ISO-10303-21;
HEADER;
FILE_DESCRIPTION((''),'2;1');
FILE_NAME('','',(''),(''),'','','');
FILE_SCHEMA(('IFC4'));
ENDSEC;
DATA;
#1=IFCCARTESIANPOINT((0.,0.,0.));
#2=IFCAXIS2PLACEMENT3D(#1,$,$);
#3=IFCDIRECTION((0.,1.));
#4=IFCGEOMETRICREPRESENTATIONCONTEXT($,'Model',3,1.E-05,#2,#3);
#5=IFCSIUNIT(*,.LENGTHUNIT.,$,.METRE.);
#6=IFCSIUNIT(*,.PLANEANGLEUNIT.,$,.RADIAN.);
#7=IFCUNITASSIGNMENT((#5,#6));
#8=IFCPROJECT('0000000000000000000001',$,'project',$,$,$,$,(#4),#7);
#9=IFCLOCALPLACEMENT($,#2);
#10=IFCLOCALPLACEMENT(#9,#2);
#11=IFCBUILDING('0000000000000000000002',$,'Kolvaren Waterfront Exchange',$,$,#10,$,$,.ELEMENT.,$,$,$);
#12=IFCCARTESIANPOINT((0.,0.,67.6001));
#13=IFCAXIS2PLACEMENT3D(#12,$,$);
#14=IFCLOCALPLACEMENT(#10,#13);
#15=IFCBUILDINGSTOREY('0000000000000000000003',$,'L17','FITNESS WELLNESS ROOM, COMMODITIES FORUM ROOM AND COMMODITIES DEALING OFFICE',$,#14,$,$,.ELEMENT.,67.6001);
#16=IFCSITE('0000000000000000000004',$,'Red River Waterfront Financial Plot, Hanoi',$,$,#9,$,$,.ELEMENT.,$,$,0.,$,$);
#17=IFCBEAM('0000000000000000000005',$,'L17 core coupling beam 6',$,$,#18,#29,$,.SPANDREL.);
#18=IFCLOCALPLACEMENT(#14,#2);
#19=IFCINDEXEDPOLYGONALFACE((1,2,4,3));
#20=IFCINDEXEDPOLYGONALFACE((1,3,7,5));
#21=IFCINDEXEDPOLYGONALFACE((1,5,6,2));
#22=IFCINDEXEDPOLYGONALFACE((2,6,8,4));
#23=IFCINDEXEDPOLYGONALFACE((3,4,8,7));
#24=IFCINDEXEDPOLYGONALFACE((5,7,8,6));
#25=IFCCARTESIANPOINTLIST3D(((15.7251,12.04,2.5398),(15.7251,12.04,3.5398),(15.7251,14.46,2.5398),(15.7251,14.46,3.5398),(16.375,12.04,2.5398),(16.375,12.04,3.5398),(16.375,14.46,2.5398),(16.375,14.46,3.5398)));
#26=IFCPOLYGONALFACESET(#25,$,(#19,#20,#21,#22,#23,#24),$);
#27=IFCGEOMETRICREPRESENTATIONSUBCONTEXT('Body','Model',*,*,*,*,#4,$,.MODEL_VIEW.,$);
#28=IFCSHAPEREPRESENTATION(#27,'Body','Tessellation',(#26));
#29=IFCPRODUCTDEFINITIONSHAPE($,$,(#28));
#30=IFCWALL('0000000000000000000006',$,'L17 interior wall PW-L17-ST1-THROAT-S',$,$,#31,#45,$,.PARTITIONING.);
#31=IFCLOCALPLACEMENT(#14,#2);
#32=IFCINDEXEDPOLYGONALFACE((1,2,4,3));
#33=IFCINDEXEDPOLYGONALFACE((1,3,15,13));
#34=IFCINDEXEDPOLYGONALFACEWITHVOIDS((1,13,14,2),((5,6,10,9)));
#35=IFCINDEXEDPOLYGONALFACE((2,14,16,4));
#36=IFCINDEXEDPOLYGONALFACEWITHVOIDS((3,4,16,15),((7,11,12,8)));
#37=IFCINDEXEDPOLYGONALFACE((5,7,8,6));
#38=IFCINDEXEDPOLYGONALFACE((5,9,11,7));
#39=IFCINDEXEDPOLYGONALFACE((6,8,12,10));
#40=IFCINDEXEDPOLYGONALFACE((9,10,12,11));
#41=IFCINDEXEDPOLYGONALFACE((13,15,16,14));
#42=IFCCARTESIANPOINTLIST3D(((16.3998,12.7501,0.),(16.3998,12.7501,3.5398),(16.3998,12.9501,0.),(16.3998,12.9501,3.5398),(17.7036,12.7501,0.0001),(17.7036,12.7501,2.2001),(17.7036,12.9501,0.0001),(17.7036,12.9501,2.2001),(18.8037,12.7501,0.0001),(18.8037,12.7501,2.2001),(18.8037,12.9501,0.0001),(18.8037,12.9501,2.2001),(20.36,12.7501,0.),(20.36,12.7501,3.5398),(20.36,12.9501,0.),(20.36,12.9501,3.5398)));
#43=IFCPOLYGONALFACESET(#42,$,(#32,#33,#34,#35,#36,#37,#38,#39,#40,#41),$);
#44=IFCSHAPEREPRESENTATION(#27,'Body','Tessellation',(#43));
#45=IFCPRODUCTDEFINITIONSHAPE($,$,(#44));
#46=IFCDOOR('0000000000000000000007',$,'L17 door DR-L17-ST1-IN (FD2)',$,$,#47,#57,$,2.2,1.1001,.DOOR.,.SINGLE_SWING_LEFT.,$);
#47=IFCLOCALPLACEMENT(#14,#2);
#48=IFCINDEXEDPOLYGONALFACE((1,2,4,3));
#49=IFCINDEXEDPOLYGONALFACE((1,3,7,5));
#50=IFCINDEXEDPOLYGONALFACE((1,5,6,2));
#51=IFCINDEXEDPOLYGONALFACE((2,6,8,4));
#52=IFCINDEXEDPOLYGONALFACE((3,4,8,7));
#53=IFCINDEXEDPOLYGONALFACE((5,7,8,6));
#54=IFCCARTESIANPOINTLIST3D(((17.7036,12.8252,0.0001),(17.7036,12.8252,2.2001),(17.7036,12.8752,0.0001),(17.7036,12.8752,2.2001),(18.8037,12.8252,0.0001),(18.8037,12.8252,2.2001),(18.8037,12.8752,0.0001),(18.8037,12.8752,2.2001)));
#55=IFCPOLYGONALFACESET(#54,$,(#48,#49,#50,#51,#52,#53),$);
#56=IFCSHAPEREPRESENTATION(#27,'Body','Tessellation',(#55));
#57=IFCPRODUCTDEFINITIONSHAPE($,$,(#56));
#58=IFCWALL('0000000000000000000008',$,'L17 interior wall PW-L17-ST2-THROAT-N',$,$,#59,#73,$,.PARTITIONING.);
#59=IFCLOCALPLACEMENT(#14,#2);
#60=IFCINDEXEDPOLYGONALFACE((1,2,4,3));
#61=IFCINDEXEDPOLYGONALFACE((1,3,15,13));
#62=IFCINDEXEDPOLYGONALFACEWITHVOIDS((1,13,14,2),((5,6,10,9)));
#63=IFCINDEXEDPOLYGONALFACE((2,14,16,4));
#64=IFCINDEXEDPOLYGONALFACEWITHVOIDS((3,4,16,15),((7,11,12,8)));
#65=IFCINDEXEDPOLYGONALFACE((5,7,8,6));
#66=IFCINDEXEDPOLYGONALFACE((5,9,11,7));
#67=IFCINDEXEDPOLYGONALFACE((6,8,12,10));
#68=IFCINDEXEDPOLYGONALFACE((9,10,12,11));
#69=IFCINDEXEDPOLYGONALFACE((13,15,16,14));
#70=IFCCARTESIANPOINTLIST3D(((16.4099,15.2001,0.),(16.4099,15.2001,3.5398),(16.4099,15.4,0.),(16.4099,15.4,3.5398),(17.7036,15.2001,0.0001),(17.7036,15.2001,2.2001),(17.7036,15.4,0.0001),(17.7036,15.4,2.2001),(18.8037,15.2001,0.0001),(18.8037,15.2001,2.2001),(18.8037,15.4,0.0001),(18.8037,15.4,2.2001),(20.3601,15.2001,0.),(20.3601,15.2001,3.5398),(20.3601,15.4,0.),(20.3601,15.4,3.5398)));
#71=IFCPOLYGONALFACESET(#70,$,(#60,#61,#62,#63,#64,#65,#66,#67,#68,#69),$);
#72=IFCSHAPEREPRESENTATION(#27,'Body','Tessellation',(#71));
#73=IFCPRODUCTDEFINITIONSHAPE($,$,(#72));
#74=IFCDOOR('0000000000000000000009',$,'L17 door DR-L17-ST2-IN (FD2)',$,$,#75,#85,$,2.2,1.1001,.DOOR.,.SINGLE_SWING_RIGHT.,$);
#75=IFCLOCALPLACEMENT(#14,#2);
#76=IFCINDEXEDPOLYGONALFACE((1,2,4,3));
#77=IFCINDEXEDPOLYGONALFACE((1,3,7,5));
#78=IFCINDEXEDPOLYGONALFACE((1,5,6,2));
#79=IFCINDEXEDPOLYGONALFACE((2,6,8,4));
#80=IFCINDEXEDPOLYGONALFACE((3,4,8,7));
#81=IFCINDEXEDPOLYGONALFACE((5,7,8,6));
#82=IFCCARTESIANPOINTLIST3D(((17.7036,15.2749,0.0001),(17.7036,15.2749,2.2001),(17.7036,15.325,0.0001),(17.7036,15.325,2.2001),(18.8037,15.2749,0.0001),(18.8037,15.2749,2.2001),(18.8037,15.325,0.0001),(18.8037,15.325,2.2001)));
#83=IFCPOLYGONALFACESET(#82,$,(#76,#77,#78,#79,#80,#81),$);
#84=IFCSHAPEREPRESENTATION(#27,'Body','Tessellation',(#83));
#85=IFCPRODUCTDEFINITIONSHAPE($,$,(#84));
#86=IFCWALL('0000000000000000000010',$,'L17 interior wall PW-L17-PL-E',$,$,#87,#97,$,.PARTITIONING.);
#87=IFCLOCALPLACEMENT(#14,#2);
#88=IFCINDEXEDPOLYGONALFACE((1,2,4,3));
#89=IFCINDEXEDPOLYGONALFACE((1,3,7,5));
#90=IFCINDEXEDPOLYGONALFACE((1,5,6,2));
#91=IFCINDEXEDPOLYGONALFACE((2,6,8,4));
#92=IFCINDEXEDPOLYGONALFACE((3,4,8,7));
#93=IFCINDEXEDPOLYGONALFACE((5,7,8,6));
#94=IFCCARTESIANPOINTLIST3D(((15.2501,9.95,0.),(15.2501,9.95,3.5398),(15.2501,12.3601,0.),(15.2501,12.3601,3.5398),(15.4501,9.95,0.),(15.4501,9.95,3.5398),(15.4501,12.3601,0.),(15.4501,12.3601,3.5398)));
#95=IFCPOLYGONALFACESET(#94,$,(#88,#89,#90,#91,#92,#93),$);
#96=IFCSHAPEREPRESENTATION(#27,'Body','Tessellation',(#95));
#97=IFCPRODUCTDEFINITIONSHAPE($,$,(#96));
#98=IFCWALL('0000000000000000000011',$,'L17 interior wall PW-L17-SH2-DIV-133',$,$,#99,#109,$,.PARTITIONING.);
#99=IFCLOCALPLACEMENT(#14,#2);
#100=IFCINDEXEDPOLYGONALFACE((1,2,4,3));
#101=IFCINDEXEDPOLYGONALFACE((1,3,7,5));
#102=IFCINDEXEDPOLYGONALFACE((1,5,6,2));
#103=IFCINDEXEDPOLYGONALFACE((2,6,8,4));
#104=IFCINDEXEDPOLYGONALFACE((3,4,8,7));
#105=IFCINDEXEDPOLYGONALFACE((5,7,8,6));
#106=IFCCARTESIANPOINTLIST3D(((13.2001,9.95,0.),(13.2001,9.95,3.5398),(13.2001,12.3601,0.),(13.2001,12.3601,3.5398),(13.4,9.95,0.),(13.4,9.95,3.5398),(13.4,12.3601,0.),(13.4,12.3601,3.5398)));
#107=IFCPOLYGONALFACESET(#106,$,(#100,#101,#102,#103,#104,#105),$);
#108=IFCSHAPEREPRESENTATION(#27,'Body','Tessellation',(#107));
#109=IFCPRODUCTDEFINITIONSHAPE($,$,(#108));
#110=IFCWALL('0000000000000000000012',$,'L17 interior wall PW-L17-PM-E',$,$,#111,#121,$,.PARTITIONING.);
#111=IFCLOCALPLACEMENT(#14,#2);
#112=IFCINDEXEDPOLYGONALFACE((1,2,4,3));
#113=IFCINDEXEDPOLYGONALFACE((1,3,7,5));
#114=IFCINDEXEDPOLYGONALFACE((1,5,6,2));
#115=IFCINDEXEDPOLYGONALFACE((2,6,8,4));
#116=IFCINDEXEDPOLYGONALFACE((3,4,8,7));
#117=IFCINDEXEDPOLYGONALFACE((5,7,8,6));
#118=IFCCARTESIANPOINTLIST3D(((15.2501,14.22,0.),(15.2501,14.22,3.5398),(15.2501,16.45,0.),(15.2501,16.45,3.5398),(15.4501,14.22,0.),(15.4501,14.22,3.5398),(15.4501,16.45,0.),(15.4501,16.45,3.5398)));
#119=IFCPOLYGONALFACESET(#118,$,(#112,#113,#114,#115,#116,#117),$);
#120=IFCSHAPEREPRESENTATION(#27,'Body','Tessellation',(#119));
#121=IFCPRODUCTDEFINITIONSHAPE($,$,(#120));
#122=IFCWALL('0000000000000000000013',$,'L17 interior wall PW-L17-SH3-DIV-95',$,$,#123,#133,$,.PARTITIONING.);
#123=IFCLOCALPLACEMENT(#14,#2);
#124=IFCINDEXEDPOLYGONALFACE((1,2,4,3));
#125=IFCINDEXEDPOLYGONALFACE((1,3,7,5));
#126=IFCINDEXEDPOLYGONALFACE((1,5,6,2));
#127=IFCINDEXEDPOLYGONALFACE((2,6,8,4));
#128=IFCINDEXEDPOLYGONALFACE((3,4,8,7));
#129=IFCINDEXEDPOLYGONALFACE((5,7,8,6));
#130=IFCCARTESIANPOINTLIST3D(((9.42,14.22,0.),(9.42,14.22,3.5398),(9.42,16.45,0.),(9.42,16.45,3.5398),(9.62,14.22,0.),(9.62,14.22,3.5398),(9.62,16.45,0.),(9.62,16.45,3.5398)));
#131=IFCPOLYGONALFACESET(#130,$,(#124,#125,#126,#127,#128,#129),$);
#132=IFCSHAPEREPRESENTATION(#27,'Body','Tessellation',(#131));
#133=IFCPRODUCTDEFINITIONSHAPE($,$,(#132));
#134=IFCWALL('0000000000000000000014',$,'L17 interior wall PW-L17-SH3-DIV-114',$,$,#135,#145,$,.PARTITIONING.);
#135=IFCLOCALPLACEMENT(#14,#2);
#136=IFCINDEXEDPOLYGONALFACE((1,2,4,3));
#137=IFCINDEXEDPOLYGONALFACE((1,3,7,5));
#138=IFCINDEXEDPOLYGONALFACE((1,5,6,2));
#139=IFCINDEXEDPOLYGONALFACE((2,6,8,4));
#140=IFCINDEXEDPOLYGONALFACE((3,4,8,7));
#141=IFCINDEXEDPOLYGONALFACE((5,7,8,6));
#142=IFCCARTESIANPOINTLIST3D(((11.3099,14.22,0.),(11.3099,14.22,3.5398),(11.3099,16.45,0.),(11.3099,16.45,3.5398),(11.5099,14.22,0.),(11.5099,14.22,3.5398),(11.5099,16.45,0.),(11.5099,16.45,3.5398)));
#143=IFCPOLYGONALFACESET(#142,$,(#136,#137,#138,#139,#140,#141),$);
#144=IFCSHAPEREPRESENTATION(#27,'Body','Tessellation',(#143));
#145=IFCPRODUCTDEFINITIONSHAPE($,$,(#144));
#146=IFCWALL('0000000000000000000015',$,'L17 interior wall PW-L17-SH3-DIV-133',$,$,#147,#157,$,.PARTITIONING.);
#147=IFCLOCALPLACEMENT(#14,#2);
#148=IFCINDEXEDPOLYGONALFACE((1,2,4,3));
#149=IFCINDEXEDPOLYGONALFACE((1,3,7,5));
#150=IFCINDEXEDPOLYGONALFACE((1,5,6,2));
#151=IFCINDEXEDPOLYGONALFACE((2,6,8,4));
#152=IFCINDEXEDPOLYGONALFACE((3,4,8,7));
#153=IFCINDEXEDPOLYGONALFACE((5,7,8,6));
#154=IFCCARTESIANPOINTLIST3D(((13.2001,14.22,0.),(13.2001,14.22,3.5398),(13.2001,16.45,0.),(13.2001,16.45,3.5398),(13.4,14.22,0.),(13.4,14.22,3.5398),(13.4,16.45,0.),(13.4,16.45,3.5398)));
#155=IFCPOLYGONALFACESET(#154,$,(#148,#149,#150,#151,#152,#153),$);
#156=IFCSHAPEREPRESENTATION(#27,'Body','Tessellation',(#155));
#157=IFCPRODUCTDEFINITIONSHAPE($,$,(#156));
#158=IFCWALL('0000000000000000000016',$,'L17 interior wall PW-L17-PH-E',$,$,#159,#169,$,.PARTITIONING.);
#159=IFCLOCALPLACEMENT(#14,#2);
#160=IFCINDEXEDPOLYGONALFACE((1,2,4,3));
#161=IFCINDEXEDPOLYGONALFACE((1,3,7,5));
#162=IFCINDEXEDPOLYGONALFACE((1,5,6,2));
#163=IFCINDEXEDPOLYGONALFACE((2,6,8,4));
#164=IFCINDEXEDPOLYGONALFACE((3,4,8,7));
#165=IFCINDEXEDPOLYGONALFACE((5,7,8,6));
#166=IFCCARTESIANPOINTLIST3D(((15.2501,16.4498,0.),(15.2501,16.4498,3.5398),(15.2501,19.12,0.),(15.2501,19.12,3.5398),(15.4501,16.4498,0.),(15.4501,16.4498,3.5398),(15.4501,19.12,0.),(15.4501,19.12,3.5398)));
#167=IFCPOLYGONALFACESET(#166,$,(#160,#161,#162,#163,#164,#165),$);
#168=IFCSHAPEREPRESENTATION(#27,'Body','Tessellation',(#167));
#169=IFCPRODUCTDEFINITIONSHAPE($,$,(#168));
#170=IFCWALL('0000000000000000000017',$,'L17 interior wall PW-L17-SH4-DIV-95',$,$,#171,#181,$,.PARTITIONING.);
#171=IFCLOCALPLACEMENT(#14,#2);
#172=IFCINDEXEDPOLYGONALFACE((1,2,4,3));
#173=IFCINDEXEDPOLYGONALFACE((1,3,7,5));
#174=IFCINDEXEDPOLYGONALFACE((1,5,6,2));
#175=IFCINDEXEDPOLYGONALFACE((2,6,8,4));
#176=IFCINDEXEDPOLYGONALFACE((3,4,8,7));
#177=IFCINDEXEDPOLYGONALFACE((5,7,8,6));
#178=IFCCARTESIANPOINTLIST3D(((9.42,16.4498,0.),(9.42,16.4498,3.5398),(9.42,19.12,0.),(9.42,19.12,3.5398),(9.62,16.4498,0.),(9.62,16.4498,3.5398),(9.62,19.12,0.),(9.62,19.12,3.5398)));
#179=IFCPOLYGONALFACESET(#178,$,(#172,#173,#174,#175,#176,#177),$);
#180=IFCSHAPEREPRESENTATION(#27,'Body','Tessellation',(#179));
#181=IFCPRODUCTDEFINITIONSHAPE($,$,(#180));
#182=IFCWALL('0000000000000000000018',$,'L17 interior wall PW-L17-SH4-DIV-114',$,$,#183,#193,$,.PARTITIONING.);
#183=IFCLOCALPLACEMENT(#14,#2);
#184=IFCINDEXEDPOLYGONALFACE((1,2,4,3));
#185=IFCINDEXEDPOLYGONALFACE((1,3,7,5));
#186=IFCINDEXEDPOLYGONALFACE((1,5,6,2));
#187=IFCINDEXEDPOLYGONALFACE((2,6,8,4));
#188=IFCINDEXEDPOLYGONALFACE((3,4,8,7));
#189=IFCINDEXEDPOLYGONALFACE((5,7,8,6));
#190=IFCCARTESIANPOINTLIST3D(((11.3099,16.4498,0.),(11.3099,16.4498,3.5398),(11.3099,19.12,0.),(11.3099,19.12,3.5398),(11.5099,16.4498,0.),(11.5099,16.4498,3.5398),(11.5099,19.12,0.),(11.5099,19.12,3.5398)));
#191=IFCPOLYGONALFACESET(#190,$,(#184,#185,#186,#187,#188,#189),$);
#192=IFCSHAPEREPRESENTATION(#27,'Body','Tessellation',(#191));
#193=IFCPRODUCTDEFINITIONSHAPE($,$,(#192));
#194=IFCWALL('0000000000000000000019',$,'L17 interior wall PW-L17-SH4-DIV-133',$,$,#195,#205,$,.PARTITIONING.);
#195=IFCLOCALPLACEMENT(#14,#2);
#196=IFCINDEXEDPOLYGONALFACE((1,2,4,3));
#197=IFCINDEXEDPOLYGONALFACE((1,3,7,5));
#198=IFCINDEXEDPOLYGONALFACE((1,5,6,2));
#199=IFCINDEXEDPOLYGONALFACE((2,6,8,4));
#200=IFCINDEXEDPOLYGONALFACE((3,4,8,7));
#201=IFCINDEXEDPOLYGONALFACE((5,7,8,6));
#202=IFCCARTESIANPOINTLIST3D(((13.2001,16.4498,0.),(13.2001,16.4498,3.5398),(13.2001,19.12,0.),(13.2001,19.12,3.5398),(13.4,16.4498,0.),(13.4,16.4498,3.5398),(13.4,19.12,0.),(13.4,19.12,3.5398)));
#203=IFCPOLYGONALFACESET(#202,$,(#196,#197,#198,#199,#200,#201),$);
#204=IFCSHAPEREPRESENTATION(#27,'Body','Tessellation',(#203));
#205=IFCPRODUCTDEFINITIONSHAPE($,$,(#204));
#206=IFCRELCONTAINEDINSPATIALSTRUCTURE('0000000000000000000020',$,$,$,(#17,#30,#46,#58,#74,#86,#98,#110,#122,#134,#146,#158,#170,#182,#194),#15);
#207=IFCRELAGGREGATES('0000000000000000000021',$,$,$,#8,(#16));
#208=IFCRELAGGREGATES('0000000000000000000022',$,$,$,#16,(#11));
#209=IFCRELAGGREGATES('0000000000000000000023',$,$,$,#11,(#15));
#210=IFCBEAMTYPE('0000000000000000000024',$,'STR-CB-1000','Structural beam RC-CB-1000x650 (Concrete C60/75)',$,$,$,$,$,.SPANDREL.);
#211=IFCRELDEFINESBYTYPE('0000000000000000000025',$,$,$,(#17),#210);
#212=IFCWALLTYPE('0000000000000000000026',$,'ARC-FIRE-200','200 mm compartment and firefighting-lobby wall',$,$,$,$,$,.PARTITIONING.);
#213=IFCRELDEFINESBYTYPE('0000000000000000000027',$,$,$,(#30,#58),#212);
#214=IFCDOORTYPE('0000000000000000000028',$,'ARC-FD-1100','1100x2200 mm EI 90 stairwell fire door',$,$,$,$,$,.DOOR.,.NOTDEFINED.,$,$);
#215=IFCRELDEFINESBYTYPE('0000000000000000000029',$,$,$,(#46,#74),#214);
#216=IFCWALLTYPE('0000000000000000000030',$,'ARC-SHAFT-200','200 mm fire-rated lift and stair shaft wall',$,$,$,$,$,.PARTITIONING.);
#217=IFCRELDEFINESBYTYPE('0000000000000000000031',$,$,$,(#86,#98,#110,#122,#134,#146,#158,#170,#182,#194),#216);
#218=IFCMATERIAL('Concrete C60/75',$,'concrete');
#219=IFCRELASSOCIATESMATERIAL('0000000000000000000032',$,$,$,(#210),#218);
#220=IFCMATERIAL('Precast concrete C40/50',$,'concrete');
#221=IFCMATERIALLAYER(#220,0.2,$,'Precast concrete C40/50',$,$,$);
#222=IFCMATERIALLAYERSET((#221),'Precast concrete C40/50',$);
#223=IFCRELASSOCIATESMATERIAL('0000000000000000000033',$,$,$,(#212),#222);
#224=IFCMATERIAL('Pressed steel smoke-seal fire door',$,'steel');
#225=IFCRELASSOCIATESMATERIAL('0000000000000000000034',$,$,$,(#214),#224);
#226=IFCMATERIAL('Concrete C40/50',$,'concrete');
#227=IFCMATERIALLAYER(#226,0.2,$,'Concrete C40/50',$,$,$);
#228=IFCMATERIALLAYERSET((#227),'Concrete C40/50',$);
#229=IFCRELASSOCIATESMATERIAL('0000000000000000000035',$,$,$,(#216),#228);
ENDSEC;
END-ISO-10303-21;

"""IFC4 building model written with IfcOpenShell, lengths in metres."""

from ifc_helpers import new_model, si_unit, direction, frame, frame_2d, origin, origin_2d, place, context, subcontext, project, spatial, rectangle, extrude, material, layer, layer_set, material_profile, profile_set, type_object, element, fill, save


model = new_model("IFC4")

# Units and contexts
model_context = context("Model", 3, precision=1e-05, world=origin(), true_north=direction((0.0, 1.0)))
body_context = subcontext(model_context, "Body", "Model", "MODEL_VIEW")
ifc_project = project(units=[si_unit("LENGTHUNIT", "METRE"), si_unit("PLANEANGLEUNIT", "RADIAN")], contexts=[model_context])

# Site, building, storey
site_placement = place(None, origin())
site = spatial("IfcSite", under=ifc_project, at=site_placement, Name="Red River Waterfront Financial Plot, Hanoi", CompositionType="ELEMENT", RefElevation=0.0)
building_placement = place(site_placement, origin())
building = spatial("IfcBuilding", under=site, at=building_placement, Name="Kolvaren Waterfront Exchange", CompositionType="ELEMENT")
storey_placement = place(building_placement, frame((0.0, 0.0, 67.6001)))
storey = spatial("IfcBuildingStorey", under=building, at=storey_placement, Name="L17", Description="FITNESS WELLNESS ROOM, COMMODITIES FORUM ROOM AND COMMODITIES DEALING OFFICE", CompositionType="ELEMENT", Elevation=67.6001)

# Beam
ifc_material_1 = material(Name="Concrete C60/75", Category="concrete")
ifc_material_profile = material_profile(ifc_material_1, rectangle(XDim=0.6499, YDim=1.0, at=origin_2d()), Name="RC-CB-1000x650")
ifc_profile_set = profile_set([ifc_material_profile], Name="Concrete C60/75")
beam_type = type_object("IfcBeamType", Name="STR-CB-1000", Description="Structural beam RC-CB-1000x650 (Concrete C60/75)", PredefinedType="SPANDREL", material=ifc_profile_set)
beam_placement = place(storey_placement, frame((16.05, 12.04, 3.0398), z_axis=(0.0, 1.0, 0.0), x_axis=(-1.0, 0.0, 0.0)))
element("IfcBeam", 1, at=beam_placement, inside=storey, type_object=beam_type, Name="L17 core coupling beam 6", PredefinedType="SPANDREL", context=body_context, shape_type="SweptSolid", body=[
    extrude(rectangle(XDim=0.6499, YDim=1.0, at=origin_2d()), origin(), (0.0, 0.0, 1.0), 2.4199),
])

# Walls, openings, doors
ifc_material_2 = material(Name="Precast concrete C40/50", Category="concrete")
ifc_layer_1 = layer(ifc_material_2, 0.2, Name="Precast concrete C40/50")
ifc_layer_set_1 = layer_set([ifc_layer_1], Name="Precast concrete C40/50")
wall_type_1 = type_object("IfcWallType", Name="ARC-FIRE-200", Description="200 mm compartment and firefighting-lobby wall", PredefinedType="PARTITIONING", material=ifc_layer_set_1)
wall_1_placement = place(storey_placement, frame((16.3999, 12.8501, 0.0), z_axis=(0.0, 0.0, 1.0), x_axis=(1.0, 0.0, 0.0)))
wall_1 = element("IfcWall", 2, at=wall_1_placement, inside=storey, type_object=wall_type_1, Name="L17 interior wall PW-L17-ST1-THROAT-S", PredefinedType="PARTITIONING", context=body_context, shape_type="SweptSolid", body=[
    extrude(rectangle(XDim=3.9602, YDim=0.2, at=frame_2d((1.98, 0.0))), origin(), (0.0, 0.0, 1.0), 3.5398),
])
opening_1_placement = place(wall_1_placement, frame((1.3037, 0.0, 0.0)))
opening_1 = element("IfcOpeningElement", 3, at=opening_1_placement, cuts=wall_1, PredefinedType="OPENING", context=body_context, shape_type="SweptSolid", body=[
    extrude(rectangle(XDim=1.1001, YDim=2.2, at=frame_2d((0.55, 1.1001))), frame((0.0, 0.1099, 0.0), z_axis=(0.0, -1.0, 0.0), x_axis=(1.0, 0.0, 0.0)), (0.0, 0.0, 1.0), 0.22),
])
ifc_material_3 = material(Name="Pressed steel smoke-seal fire door", Category="steel")
door_type = type_object("IfcDoorType", Name="ARC-FD-1100", Description="1100x2200 mm EI 90 stairwell fire door", OperationType="NOTDEFINED", PredefinedType="DOOR", material=ifc_material_3)
door_1_placement = place(opening_1_placement, frame((1.1001, 0.0, 0.0), z_axis=(0.0, 0.0, 1.0), x_axis=(-1.0, 0.0, 0.0)))
door_1 = element("IfcDoor", 4, at=door_1_placement, inside=storey, type_object=door_type, Name="L17 door DR-L17-ST1-IN (FD2)", OperationType="SINGLE_SWING_LEFT", OverallHeight=2.2, OverallWidth=1.1001, PredefinedType="DOOR", context=body_context, shape_type="SweptSolid", body=[
    extrude(rectangle(XDim=1.1001, YDim=2.2, at=frame_2d((0.55, 1.1001))), frame((0.0, 0.0249, 0.0), z_axis=(0.0, -1.0, 0.0), x_axis=(1.0, 0.0, 0.0)), (0.0, 0.0, 1.0), 0.05),
])
fill(opening_1, door_1)
wall_2_placement = place(storey_placement, frame((16.4099, 15.3, 0.0), z_axis=(0.0, 0.0, 1.0), x_axis=(1.0, 0.0, 0.0)))
wall_2 = element("IfcWall", 5, at=wall_2_placement, inside=storey, type_object=wall_type_1, Name="L17 interior wall PW-L17-ST2-THROAT-N", PredefinedType="PARTITIONING", context=body_context, shape_type="SweptSolid", body=[
    extrude(rectangle(XDim=3.9502, YDim=0.2, at=frame_2d((1.9751, 0.0))), origin(), (0.0, 0.0, 1.0), 3.5398),
])
opening_2_placement = place(wall_2_placement, frame((1.2937, 0.0, 0.0)))
opening_2 = element("IfcOpeningElement", 6, at=opening_2_placement, cuts=wall_2, PredefinedType="OPENING", context=body_context, shape_type="SweptSolid", body=[
    extrude(rectangle(XDim=1.1001, YDim=2.2, at=frame_2d((0.55, 1.1001))), frame((0.0, 0.1099, 0.0), z_axis=(0.0, -1.0, 0.0), x_axis=(1.0, 0.0, 0.0)), (0.0, 0.0, 1.0), 0.22),
])
door_2_placement = place(opening_2_placement, origin())
door_2 = element("IfcDoor", 7, at=door_2_placement, inside=storey, type_object=door_type, Name="L17 door DR-L17-ST2-IN (FD2)", OperationType="SINGLE_SWING_RIGHT", OverallHeight=2.2, OverallWidth=1.1001, PredefinedType="DOOR", context=body_context, shape_type="SweptSolid", body=[
    extrude(rectangle(XDim=1.1001, YDim=2.2, at=frame_2d((0.55, 1.1001))), frame((0.0, 0.0249, 0.0), z_axis=(0.0, -1.0, 0.0), x_axis=(1.0, 0.0, 0.0)), (0.0, 0.0, 1.0), 0.05),
])
fill(opening_2, door_2)

# Walls
ifc_material_4 = material(Name="Concrete C40/50", Category="concrete")
ifc_layer_2 = layer(ifc_material_4, 0.2, Name="Concrete C40/50")
ifc_layer_set_2 = layer_set([ifc_layer_2], Name="Concrete C40/50")
wall_type_2 = type_object("IfcWallType", Name="ARC-SHAFT-200", Description="200 mm fire-rated lift and stair shaft wall", PredefinedType="PARTITIONING", material=ifc_layer_set_2)
for number, where, z_axis, x_axis, name in (
    (8, (15.3501, 9.95, 0.0), (0.0, 0.0, 1.0), (0.0, 1.0, 0.0), "L17 interior wall PW-L17-PL-E"),
    (9, (13.3, 9.95, 0.0), (0.0, 0.0, 1.0), (0.0, 1.0, 0.0), "L17 interior wall PW-L17-SH2-DIV-133"),
):
    element("IfcWall", number, at=place(storey_placement, frame(where, z_axis=z_axis, x_axis=x_axis)), inside=storey, type_object=wall_type_2, Name=name, PredefinedType="PARTITIONING", context=body_context, shape_type="SweptSolid", body=[
        extrude(rectangle(XDim=2.4102, YDim=0.2, at=frame_2d((1.2051, 0.0))), origin(), (0.0, 0.0, 1.0), 3.5398),
    ])
for number, where, z_axis, x_axis, name in (
    (10, (15.3501, 14.22, 0.0), (0.0, 0.0, 1.0), (0.0, 1.0, 0.0), "L17 interior wall PW-L17-PM-E"),
    (11, (9.52, 14.22, 0.0), (0.0, 0.0, 1.0), (0.0, 1.0, 0.0), "L17 interior wall PW-L17-SH3-DIV-95"),
    (12, (11.4099, 14.22, 0.0), (0.0, 0.0, 1.0), (0.0, 1.0, 0.0), "L17 interior wall PW-L17-SH3-DIV-114"),
    (13, (13.3, 14.22, 0.0), (0.0, 0.0, 1.0), (0.0, 1.0, 0.0), "L17 interior wall PW-L17-SH3-DIV-133"),
):
    element("IfcWall", number, at=place(storey_placement, frame(where, z_axis=z_axis, x_axis=x_axis)), inside=storey, type_object=wall_type_2, Name=name, PredefinedType="PARTITIONING", context=body_context, shape_type="SweptSolid", body=[
        extrude(rectangle(XDim=2.23, YDim=0.2, at=frame_2d((1.115, 0.0))), origin(), (0.0, 0.0, 1.0), 3.5398),
    ])
for number, where, z_axis, x_axis, name in (
    (14, (15.3501, 16.45, 0.0), (0.0, 0.0, 1.0), (0.0, 1.0, 0.0), "L17 interior wall PW-L17-PH-E"),
    (15, (9.52, 16.45, 0.0), (0.0, 0.0, 1.0), (0.0, 1.0, 0.0), "L17 interior wall PW-L17-SH4-DIV-95"),
    (16, (11.4099, 16.45, 0.0), (0.0, 0.0, 1.0), (0.0, 1.0, 0.0), "L17 interior wall PW-L17-SH4-DIV-114"),
    (17, (13.3, 16.45, 0.0), (0.0, 0.0, 1.0), (0.0, 1.0, 0.0), "L17 interior wall PW-L17-SH4-DIV-133"),
):
    element("IfcWall", number, at=place(storey_placement, frame(where, z_axis=z_axis, x_axis=x_axis)), inside=storey, type_object=wall_type_2, Name=name, PredefinedType="PARTITIONING", context=body_context, shape_type="SweptSolid", body=[
        extrude(rectangle(XDim=2.6702, YDim=0.2, at=frame_2d((1.335, 0.0))), origin(), (0.0, 0.0, 1.0), 3.5398),
    ])

save(model, "model.ifc")
